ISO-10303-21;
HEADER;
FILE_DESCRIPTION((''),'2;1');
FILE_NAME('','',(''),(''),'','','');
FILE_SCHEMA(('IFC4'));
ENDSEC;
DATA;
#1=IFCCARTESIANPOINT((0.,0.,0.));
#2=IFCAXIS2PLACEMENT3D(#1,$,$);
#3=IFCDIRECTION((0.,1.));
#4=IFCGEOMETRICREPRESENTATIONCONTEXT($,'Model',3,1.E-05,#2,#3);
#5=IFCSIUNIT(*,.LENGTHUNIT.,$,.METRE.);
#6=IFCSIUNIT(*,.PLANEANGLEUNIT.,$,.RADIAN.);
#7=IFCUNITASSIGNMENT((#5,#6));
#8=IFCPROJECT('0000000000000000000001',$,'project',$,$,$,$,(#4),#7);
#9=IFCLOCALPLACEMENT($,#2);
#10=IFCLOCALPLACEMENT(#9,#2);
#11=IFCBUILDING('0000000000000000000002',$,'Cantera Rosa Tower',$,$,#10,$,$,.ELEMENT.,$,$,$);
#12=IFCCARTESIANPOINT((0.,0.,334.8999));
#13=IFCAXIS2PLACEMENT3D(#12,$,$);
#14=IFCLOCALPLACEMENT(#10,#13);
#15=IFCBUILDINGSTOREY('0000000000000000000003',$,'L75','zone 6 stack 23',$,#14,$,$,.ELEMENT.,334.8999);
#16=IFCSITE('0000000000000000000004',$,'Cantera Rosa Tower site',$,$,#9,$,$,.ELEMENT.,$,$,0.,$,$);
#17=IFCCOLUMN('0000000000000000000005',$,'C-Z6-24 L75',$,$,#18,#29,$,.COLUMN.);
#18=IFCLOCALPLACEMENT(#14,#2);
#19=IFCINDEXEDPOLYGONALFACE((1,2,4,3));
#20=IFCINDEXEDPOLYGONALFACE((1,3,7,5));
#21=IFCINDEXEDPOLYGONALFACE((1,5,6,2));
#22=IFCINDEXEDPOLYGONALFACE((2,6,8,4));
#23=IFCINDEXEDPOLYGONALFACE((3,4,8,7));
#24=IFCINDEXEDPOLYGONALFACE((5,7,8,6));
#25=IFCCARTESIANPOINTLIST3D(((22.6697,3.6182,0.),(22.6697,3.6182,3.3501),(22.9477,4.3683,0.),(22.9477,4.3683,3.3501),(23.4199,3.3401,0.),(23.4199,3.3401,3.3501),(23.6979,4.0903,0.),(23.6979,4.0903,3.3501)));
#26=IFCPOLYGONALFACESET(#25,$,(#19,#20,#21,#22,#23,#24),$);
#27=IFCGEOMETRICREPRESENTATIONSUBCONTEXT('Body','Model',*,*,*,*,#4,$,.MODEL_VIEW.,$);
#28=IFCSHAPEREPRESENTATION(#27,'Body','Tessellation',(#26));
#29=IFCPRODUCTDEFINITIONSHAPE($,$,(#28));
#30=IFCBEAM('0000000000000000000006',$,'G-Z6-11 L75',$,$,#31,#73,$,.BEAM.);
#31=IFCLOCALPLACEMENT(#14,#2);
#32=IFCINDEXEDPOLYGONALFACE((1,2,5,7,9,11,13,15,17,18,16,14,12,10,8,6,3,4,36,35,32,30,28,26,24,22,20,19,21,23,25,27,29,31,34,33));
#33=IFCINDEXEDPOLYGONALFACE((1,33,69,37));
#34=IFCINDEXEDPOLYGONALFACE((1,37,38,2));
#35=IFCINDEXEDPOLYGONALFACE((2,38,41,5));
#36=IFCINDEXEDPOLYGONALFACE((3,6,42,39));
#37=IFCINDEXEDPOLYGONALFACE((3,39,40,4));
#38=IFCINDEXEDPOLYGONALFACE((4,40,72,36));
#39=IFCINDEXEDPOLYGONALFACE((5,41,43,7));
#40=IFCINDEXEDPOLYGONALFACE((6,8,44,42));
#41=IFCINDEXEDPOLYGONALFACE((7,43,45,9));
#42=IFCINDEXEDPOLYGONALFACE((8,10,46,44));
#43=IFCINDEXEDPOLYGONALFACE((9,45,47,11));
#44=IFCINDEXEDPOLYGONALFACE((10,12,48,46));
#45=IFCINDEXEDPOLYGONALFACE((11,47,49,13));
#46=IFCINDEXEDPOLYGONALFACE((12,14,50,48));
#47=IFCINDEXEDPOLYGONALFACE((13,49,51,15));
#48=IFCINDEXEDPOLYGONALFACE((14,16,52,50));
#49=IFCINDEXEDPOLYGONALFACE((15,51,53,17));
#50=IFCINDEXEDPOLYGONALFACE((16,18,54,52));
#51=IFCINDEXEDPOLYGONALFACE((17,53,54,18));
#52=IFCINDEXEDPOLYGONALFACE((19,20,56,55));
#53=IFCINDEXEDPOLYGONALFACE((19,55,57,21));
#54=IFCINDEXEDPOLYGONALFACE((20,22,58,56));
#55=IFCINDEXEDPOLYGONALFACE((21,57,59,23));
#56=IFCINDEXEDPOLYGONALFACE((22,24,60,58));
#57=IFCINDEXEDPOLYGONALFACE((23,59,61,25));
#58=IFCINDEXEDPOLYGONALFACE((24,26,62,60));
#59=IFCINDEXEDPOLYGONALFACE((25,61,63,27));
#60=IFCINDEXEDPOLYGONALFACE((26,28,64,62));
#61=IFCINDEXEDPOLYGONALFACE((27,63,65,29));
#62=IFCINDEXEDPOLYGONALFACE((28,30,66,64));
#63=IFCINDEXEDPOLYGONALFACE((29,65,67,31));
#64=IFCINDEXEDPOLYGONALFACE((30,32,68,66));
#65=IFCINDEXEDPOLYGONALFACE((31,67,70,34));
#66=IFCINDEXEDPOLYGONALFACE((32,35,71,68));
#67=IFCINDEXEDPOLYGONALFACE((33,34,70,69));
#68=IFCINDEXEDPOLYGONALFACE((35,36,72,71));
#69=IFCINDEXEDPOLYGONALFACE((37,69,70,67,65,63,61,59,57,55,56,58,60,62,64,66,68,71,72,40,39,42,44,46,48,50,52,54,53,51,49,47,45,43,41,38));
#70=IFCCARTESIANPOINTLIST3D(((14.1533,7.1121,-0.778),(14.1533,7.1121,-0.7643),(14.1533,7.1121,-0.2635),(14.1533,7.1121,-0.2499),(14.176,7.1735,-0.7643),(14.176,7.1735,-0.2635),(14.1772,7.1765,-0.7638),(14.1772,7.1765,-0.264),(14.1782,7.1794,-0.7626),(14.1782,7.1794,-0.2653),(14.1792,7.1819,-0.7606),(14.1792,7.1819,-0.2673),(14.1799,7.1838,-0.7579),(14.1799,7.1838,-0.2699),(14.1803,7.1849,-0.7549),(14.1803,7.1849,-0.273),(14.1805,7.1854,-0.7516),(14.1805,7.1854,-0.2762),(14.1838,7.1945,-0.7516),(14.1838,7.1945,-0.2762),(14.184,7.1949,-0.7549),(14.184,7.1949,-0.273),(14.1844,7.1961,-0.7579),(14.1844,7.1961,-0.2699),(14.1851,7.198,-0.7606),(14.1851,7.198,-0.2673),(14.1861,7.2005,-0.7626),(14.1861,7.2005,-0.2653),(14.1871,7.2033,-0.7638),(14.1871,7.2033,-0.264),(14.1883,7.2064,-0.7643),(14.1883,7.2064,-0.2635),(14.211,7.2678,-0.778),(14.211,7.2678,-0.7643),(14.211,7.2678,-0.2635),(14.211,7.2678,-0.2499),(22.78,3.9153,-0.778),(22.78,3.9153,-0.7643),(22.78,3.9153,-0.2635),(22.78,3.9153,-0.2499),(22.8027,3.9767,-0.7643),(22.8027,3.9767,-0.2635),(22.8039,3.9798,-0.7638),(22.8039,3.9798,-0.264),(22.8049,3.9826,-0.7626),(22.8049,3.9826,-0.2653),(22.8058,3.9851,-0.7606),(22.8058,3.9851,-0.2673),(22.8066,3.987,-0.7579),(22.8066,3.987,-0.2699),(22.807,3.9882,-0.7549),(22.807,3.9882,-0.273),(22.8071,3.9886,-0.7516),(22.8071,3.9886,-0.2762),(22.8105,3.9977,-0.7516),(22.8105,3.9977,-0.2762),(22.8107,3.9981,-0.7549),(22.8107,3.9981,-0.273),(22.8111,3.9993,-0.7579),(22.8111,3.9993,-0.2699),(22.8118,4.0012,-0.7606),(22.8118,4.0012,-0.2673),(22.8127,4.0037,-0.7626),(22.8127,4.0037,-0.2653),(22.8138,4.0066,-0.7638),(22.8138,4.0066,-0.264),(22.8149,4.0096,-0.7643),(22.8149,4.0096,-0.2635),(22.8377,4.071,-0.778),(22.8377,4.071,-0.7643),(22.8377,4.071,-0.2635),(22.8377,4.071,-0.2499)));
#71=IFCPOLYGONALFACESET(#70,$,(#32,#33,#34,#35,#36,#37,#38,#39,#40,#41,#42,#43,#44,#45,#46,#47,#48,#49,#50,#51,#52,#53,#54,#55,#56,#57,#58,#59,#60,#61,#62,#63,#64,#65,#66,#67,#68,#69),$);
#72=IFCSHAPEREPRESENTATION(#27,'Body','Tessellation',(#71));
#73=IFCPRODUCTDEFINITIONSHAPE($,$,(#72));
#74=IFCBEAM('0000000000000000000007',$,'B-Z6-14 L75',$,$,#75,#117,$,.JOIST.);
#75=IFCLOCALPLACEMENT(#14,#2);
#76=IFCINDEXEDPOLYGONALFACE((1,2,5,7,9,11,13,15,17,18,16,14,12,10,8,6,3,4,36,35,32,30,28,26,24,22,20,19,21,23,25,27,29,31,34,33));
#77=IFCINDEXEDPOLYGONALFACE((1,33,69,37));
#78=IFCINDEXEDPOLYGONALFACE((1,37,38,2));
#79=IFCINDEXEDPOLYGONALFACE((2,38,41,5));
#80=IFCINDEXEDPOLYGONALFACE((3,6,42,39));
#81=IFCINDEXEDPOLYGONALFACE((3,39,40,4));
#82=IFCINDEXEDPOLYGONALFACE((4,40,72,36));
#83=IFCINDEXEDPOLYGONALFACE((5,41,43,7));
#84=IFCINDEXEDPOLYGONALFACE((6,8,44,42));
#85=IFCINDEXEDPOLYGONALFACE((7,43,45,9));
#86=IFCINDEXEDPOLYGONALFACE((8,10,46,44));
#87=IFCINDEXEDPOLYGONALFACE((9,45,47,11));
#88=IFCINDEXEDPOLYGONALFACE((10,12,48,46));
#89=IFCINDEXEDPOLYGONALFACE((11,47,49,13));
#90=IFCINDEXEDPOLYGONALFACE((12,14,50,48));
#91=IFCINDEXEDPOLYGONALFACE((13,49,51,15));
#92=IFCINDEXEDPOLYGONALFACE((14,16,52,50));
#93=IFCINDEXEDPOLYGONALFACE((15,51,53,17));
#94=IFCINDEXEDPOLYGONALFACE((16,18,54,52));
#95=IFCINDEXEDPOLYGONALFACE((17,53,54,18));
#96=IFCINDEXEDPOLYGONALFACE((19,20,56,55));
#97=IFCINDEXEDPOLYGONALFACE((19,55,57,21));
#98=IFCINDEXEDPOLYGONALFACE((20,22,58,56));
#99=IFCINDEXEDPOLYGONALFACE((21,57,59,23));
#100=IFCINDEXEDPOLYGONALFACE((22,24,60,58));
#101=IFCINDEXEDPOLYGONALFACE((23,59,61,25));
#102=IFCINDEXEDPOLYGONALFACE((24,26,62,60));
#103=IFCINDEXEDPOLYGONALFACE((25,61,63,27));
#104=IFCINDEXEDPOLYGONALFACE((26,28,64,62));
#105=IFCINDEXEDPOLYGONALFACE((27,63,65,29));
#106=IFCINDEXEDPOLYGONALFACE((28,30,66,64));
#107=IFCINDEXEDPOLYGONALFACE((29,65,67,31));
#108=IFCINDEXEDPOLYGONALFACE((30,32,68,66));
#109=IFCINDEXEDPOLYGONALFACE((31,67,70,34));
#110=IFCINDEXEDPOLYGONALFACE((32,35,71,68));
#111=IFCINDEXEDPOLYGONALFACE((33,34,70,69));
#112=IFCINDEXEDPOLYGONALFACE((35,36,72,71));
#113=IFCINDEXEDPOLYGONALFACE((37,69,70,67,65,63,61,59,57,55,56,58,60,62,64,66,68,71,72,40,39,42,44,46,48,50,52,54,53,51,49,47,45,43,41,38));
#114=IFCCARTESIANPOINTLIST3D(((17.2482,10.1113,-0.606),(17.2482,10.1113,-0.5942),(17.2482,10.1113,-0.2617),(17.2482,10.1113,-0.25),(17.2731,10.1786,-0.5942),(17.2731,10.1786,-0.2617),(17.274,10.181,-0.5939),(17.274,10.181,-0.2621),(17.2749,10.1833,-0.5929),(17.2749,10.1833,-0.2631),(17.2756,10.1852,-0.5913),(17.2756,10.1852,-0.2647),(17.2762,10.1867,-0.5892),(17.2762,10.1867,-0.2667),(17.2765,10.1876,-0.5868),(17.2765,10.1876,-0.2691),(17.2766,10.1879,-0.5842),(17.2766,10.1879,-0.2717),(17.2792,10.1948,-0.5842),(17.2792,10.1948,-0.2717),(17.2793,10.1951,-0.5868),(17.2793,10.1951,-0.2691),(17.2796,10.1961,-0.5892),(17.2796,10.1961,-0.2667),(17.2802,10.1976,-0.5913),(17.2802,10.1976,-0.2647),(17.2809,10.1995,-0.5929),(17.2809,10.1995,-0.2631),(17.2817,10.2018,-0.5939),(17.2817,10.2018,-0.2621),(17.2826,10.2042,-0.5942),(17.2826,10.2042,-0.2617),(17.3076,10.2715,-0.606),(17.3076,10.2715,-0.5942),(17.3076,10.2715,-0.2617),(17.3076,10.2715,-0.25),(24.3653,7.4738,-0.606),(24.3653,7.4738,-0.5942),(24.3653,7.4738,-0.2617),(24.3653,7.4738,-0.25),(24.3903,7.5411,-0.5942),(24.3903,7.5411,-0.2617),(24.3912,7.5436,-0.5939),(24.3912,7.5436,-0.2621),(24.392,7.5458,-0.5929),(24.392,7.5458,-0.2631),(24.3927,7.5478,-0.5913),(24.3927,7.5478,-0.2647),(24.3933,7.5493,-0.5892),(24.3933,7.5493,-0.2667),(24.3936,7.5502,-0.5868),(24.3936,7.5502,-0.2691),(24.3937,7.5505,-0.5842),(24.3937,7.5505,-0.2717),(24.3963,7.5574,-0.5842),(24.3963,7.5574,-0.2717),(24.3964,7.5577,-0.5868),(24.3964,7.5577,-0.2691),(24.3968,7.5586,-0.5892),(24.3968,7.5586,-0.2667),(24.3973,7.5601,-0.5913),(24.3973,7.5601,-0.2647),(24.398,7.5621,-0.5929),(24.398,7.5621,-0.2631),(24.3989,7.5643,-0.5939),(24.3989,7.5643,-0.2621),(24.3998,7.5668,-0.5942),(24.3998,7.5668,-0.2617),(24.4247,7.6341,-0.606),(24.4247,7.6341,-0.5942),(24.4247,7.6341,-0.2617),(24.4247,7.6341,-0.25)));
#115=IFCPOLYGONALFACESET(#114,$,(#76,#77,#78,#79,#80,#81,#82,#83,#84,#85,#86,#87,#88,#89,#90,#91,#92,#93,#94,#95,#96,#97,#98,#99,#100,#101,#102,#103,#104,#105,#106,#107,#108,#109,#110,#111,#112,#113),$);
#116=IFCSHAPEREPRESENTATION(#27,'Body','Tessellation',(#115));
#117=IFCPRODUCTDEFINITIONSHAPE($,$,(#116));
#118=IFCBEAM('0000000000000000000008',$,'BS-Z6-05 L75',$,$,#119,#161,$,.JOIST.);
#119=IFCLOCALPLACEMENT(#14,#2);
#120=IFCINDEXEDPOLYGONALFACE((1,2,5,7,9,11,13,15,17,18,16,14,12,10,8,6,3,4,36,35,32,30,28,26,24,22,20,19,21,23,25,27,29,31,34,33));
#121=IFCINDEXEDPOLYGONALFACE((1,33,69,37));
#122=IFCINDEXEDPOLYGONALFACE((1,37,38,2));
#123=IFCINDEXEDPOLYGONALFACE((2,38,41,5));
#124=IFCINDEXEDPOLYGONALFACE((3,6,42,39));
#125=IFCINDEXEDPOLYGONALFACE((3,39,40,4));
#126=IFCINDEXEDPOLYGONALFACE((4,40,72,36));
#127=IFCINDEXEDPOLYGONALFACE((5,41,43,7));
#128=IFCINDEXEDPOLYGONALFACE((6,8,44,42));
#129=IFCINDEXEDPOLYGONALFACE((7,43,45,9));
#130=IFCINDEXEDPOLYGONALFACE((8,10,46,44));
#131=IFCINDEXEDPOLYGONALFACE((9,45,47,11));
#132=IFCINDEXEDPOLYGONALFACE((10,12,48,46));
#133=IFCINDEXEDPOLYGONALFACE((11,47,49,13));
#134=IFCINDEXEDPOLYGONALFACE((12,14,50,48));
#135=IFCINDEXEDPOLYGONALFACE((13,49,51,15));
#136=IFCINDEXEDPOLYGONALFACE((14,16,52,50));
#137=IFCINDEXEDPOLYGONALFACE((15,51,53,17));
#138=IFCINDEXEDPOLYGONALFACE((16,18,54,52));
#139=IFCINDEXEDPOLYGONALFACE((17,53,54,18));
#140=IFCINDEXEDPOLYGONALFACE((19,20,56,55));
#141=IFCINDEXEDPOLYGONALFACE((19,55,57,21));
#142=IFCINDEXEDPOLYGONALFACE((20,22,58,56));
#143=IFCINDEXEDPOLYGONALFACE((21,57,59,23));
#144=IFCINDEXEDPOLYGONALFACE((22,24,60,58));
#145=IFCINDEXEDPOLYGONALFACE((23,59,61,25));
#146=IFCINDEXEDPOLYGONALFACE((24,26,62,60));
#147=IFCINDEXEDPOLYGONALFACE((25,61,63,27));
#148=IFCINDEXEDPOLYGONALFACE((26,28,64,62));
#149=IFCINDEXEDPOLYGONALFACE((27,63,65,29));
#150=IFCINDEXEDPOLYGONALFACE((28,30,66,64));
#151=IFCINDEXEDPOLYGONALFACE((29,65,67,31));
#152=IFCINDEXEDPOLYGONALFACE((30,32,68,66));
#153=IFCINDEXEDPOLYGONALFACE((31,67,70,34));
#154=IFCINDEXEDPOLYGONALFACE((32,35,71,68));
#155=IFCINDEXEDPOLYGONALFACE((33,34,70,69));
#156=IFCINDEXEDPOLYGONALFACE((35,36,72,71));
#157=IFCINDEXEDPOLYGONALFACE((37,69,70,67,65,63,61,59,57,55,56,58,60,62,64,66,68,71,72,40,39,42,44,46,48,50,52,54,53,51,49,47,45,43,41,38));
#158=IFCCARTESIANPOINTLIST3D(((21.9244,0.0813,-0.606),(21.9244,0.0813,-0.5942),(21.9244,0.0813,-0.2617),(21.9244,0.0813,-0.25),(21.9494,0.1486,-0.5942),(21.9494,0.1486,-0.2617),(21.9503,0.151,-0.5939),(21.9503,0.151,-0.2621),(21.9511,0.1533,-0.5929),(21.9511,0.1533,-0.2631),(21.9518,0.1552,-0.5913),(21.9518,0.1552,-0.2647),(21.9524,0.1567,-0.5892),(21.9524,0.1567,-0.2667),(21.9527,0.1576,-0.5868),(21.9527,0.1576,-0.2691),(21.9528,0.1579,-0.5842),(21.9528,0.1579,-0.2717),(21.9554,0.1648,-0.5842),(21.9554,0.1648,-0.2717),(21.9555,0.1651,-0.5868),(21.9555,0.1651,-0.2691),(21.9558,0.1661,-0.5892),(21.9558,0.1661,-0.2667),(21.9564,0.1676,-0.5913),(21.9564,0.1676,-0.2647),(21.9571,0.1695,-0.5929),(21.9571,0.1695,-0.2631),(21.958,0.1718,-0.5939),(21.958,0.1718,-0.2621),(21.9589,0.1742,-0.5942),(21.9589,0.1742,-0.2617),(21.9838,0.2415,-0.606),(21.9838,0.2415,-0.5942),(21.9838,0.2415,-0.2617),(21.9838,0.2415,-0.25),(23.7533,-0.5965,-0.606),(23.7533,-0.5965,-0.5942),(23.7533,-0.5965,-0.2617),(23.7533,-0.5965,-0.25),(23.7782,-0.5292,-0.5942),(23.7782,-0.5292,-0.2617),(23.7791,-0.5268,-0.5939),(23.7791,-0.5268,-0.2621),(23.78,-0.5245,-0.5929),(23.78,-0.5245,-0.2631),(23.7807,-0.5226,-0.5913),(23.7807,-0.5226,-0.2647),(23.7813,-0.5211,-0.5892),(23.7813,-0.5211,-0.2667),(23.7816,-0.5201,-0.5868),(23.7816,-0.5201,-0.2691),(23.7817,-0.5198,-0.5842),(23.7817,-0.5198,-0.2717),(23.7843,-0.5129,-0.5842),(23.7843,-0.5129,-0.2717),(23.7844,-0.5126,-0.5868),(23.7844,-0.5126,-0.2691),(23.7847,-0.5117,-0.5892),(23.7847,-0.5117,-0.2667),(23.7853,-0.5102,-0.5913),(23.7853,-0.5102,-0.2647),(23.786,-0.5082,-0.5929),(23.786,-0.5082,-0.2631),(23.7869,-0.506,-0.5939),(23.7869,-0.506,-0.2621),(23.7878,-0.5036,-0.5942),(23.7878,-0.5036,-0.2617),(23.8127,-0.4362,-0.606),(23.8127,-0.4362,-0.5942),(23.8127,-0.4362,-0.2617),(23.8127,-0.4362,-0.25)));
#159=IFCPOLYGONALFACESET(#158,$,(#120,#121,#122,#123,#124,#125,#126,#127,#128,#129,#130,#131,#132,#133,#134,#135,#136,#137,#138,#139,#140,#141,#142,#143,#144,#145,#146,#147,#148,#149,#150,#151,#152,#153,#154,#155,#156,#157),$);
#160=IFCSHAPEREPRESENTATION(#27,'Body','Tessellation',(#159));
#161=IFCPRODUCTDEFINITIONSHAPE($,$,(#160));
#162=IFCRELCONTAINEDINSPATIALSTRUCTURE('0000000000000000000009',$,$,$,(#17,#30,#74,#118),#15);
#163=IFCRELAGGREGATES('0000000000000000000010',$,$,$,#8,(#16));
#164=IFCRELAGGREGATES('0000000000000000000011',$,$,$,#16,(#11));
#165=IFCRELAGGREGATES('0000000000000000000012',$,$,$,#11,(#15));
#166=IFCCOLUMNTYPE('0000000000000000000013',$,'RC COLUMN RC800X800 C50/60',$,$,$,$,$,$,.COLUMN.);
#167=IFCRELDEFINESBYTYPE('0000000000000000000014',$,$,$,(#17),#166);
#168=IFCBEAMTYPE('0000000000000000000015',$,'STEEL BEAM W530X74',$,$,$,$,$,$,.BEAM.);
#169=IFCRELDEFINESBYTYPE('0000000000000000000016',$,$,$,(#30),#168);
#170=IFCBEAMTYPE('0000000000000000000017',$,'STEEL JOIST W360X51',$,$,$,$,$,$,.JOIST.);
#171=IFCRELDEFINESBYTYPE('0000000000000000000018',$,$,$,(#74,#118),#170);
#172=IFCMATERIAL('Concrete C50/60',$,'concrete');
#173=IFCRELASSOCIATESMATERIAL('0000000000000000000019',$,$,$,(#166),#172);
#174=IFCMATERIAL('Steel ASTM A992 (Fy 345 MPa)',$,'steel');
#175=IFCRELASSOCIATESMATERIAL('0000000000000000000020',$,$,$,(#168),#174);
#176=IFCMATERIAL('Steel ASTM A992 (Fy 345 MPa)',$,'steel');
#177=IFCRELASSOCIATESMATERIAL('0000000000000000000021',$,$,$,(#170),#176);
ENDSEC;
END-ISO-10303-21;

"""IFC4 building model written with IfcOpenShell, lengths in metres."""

from ifc_helpers import new_model, si_unit, direction, frame, origin, origin_2d, place, context, subcontext, project, spatial, rectangle, i_section, extrude, material, material_profile, profile_set, type_object, element, save


model = new_model("IFC4")

# Units and contexts
model_context = context("Model", 3, precision=1e-05, world=origin(), true_north=direction((0.0, 1.0)))
body_context = subcontext(model_context, "Body", "Model", "MODEL_VIEW")
ifc_project = project(units=[si_unit("LENGTHUNIT", "METRE"), si_unit("PLANEANGLEUNIT", "RADIAN")], contexts=[model_context])

# Site, building, storey
site_placement = place(None, origin())
site = spatial("IfcSite", under=ifc_project, at=site_placement, Name="Cantera Rosa Tower site", CompositionType="ELEMENT", RefElevation=0.0)
building_placement = place(site_placement, origin())
building = spatial("IfcBuilding", under=site, at=building_placement, Name="Cantera Rosa Tower", CompositionType="ELEMENT")
storey_placement = place(building_placement, frame((0.0, 0.0, 334.8999)))
storey = spatial("IfcBuildingStorey", under=building, at=storey_placement, Name="L75", Description="zone 6 stack 23", CompositionType="ELEMENT", Elevation=334.8999)

# Column
ifc_material_1 = material(Name="Concrete C50/60", Category="concrete")
ifc_material_profile_1 = material_profile(ifc_material_1, rectangle(XDim=0.8, YDim=0.8, at=origin_2d()), Name="RC COLUMN RC800X800 C50/60")
ifc_profile_set_1 = profile_set([ifc_material_profile_1], Name="Concrete C50/60")
column_type = type_object("IfcColumnType", Name="RC COLUMN RC800X800 C50/60", PredefinedType="COLUMN", material=ifc_profile_set_1)
column_placement = place(storey_placement, frame((23.1838, 3.8542, 0.0), z_axis=(0.0, 0.0, 1.0), x_axis=(0.347481, 0.937687, 0.0)))
element("IfcColumn", 1, at=column_placement, inside=storey, type_object=column_type, Name="C-Z6-24 L75", PredefinedType="COLUMN", context=body_context, shape_type="SweptSolid", body=[
    extrude(rectangle(XDim=0.8, YDim=0.8, at=origin_2d()), origin(), (0.0, 0.0, 1.0), 3.3501),
])

# Beams
ifc_material_2 = material(Name="Steel ASTM A992 (Fy 345 MPa)", Category="steel")
ifc_material_profile_2 = material_profile(ifc_material_2, i_section(OverallWidth=0.166, OverallDepth=0.5281, WebThickness=0.0098, FlangeThickness=0.0137, FilletRadius=0.0127, at=origin_2d()), Name="W530X74")
ifc_profile_set_2 = profile_set([ifc_material_profile_2], Name="Steel ASTM A992 (Fy 345 MPa)")
beam_type_1 = type_object("IfcBeamType", Name="STEEL BEAM W530X74", PredefinedType="BEAM", material=ifc_profile_set_2)
beam_1_placement = place(storey_placement, frame((22.8088, 3.9932, -0.5139), z_axis=(-0.937689, 0.347477, 0.0), x_axis=(-0.347477, -0.937689, 0.0)))
element("IfcBeam", 2, at=beam_1_placement, inside=storey, type_object=beam_type_1, Name="G-Z6-11 L75", PredefinedType="BEAM", context=body_context, shape_type="SweptSolid", body=[
    extrude(i_section(OverallWidth=0.166, OverallDepth=0.5281, WebThickness=0.0098, FlangeThickness=0.0137, FilletRadius=0.0127, at=origin_2d()), origin(), (0.0, 0.0, 1.0), 9.2),
])
ifc_material_3 = material(Name="Steel ASTM A992 (Fy 345 MPa)", Category="steel")
ifc_material_profile_3 = material_profile(ifc_material_3, i_section(OverallWidth=0.1709, OverallDepth=0.356, WebThickness=0.0073, FlangeThickness=0.0117, FilletRadius=0.01, at=origin_2d()), Name="W360X51")
ifc_profile_set_3 = profile_set([ifc_material_profile_3], Name="Steel ASTM A992 (Fy 345 MPa)")
beam_type_2 = type_object("IfcBeamType", Name="STEEL JOIST W360X51", PredefinedType="JOIST", material=ifc_profile_set_3)
beam_2_placement = place(storey_placement, frame((24.395, 7.554, -0.428), z_axis=(-0.937686, 0.347483, 0.0), x_axis=(-0.347483, -0.937686, 0.0)))
element("IfcBeam", 3, at=beam_2_placement, inside=storey, type_object=beam_type_2, Name="B-Z6-14 L75", PredefinedType="JOIST", context=body_context, shape_type="SweptSolid", body=[
    extrude(i_section(OverallWidth=0.1709, OverallDepth=0.356, WebThickness=0.0073, FlangeThickness=0.0117, FilletRadius=0.01, at=origin_2d()), origin(), (0.0, 0.0, 1.0), 7.5901),
])
beam_3_placement = place(storey_placement, frame((21.9541, 0.1614, -0.428), z_axis=(0.937685, -0.347486, 0.0), x_axis=(0.347486, 0.937685, 0.0)))
element("IfcBeam", 4, at=beam_3_placement, inside=storey, type_object=beam_type_2, Name="BS-Z6-05 L75", PredefinedType="JOIST", context=body_context, shape_type="SweptSolid", body=[
    extrude(i_section(OverallWidth=0.1709, OverallDepth=0.356, WebThickness=0.0073, FlangeThickness=0.0117, FilletRadius=0.01, at=origin_2d()), origin(), (0.0, 0.0, 1.0), 1.9504),
])

save(model, "model.ifc")
